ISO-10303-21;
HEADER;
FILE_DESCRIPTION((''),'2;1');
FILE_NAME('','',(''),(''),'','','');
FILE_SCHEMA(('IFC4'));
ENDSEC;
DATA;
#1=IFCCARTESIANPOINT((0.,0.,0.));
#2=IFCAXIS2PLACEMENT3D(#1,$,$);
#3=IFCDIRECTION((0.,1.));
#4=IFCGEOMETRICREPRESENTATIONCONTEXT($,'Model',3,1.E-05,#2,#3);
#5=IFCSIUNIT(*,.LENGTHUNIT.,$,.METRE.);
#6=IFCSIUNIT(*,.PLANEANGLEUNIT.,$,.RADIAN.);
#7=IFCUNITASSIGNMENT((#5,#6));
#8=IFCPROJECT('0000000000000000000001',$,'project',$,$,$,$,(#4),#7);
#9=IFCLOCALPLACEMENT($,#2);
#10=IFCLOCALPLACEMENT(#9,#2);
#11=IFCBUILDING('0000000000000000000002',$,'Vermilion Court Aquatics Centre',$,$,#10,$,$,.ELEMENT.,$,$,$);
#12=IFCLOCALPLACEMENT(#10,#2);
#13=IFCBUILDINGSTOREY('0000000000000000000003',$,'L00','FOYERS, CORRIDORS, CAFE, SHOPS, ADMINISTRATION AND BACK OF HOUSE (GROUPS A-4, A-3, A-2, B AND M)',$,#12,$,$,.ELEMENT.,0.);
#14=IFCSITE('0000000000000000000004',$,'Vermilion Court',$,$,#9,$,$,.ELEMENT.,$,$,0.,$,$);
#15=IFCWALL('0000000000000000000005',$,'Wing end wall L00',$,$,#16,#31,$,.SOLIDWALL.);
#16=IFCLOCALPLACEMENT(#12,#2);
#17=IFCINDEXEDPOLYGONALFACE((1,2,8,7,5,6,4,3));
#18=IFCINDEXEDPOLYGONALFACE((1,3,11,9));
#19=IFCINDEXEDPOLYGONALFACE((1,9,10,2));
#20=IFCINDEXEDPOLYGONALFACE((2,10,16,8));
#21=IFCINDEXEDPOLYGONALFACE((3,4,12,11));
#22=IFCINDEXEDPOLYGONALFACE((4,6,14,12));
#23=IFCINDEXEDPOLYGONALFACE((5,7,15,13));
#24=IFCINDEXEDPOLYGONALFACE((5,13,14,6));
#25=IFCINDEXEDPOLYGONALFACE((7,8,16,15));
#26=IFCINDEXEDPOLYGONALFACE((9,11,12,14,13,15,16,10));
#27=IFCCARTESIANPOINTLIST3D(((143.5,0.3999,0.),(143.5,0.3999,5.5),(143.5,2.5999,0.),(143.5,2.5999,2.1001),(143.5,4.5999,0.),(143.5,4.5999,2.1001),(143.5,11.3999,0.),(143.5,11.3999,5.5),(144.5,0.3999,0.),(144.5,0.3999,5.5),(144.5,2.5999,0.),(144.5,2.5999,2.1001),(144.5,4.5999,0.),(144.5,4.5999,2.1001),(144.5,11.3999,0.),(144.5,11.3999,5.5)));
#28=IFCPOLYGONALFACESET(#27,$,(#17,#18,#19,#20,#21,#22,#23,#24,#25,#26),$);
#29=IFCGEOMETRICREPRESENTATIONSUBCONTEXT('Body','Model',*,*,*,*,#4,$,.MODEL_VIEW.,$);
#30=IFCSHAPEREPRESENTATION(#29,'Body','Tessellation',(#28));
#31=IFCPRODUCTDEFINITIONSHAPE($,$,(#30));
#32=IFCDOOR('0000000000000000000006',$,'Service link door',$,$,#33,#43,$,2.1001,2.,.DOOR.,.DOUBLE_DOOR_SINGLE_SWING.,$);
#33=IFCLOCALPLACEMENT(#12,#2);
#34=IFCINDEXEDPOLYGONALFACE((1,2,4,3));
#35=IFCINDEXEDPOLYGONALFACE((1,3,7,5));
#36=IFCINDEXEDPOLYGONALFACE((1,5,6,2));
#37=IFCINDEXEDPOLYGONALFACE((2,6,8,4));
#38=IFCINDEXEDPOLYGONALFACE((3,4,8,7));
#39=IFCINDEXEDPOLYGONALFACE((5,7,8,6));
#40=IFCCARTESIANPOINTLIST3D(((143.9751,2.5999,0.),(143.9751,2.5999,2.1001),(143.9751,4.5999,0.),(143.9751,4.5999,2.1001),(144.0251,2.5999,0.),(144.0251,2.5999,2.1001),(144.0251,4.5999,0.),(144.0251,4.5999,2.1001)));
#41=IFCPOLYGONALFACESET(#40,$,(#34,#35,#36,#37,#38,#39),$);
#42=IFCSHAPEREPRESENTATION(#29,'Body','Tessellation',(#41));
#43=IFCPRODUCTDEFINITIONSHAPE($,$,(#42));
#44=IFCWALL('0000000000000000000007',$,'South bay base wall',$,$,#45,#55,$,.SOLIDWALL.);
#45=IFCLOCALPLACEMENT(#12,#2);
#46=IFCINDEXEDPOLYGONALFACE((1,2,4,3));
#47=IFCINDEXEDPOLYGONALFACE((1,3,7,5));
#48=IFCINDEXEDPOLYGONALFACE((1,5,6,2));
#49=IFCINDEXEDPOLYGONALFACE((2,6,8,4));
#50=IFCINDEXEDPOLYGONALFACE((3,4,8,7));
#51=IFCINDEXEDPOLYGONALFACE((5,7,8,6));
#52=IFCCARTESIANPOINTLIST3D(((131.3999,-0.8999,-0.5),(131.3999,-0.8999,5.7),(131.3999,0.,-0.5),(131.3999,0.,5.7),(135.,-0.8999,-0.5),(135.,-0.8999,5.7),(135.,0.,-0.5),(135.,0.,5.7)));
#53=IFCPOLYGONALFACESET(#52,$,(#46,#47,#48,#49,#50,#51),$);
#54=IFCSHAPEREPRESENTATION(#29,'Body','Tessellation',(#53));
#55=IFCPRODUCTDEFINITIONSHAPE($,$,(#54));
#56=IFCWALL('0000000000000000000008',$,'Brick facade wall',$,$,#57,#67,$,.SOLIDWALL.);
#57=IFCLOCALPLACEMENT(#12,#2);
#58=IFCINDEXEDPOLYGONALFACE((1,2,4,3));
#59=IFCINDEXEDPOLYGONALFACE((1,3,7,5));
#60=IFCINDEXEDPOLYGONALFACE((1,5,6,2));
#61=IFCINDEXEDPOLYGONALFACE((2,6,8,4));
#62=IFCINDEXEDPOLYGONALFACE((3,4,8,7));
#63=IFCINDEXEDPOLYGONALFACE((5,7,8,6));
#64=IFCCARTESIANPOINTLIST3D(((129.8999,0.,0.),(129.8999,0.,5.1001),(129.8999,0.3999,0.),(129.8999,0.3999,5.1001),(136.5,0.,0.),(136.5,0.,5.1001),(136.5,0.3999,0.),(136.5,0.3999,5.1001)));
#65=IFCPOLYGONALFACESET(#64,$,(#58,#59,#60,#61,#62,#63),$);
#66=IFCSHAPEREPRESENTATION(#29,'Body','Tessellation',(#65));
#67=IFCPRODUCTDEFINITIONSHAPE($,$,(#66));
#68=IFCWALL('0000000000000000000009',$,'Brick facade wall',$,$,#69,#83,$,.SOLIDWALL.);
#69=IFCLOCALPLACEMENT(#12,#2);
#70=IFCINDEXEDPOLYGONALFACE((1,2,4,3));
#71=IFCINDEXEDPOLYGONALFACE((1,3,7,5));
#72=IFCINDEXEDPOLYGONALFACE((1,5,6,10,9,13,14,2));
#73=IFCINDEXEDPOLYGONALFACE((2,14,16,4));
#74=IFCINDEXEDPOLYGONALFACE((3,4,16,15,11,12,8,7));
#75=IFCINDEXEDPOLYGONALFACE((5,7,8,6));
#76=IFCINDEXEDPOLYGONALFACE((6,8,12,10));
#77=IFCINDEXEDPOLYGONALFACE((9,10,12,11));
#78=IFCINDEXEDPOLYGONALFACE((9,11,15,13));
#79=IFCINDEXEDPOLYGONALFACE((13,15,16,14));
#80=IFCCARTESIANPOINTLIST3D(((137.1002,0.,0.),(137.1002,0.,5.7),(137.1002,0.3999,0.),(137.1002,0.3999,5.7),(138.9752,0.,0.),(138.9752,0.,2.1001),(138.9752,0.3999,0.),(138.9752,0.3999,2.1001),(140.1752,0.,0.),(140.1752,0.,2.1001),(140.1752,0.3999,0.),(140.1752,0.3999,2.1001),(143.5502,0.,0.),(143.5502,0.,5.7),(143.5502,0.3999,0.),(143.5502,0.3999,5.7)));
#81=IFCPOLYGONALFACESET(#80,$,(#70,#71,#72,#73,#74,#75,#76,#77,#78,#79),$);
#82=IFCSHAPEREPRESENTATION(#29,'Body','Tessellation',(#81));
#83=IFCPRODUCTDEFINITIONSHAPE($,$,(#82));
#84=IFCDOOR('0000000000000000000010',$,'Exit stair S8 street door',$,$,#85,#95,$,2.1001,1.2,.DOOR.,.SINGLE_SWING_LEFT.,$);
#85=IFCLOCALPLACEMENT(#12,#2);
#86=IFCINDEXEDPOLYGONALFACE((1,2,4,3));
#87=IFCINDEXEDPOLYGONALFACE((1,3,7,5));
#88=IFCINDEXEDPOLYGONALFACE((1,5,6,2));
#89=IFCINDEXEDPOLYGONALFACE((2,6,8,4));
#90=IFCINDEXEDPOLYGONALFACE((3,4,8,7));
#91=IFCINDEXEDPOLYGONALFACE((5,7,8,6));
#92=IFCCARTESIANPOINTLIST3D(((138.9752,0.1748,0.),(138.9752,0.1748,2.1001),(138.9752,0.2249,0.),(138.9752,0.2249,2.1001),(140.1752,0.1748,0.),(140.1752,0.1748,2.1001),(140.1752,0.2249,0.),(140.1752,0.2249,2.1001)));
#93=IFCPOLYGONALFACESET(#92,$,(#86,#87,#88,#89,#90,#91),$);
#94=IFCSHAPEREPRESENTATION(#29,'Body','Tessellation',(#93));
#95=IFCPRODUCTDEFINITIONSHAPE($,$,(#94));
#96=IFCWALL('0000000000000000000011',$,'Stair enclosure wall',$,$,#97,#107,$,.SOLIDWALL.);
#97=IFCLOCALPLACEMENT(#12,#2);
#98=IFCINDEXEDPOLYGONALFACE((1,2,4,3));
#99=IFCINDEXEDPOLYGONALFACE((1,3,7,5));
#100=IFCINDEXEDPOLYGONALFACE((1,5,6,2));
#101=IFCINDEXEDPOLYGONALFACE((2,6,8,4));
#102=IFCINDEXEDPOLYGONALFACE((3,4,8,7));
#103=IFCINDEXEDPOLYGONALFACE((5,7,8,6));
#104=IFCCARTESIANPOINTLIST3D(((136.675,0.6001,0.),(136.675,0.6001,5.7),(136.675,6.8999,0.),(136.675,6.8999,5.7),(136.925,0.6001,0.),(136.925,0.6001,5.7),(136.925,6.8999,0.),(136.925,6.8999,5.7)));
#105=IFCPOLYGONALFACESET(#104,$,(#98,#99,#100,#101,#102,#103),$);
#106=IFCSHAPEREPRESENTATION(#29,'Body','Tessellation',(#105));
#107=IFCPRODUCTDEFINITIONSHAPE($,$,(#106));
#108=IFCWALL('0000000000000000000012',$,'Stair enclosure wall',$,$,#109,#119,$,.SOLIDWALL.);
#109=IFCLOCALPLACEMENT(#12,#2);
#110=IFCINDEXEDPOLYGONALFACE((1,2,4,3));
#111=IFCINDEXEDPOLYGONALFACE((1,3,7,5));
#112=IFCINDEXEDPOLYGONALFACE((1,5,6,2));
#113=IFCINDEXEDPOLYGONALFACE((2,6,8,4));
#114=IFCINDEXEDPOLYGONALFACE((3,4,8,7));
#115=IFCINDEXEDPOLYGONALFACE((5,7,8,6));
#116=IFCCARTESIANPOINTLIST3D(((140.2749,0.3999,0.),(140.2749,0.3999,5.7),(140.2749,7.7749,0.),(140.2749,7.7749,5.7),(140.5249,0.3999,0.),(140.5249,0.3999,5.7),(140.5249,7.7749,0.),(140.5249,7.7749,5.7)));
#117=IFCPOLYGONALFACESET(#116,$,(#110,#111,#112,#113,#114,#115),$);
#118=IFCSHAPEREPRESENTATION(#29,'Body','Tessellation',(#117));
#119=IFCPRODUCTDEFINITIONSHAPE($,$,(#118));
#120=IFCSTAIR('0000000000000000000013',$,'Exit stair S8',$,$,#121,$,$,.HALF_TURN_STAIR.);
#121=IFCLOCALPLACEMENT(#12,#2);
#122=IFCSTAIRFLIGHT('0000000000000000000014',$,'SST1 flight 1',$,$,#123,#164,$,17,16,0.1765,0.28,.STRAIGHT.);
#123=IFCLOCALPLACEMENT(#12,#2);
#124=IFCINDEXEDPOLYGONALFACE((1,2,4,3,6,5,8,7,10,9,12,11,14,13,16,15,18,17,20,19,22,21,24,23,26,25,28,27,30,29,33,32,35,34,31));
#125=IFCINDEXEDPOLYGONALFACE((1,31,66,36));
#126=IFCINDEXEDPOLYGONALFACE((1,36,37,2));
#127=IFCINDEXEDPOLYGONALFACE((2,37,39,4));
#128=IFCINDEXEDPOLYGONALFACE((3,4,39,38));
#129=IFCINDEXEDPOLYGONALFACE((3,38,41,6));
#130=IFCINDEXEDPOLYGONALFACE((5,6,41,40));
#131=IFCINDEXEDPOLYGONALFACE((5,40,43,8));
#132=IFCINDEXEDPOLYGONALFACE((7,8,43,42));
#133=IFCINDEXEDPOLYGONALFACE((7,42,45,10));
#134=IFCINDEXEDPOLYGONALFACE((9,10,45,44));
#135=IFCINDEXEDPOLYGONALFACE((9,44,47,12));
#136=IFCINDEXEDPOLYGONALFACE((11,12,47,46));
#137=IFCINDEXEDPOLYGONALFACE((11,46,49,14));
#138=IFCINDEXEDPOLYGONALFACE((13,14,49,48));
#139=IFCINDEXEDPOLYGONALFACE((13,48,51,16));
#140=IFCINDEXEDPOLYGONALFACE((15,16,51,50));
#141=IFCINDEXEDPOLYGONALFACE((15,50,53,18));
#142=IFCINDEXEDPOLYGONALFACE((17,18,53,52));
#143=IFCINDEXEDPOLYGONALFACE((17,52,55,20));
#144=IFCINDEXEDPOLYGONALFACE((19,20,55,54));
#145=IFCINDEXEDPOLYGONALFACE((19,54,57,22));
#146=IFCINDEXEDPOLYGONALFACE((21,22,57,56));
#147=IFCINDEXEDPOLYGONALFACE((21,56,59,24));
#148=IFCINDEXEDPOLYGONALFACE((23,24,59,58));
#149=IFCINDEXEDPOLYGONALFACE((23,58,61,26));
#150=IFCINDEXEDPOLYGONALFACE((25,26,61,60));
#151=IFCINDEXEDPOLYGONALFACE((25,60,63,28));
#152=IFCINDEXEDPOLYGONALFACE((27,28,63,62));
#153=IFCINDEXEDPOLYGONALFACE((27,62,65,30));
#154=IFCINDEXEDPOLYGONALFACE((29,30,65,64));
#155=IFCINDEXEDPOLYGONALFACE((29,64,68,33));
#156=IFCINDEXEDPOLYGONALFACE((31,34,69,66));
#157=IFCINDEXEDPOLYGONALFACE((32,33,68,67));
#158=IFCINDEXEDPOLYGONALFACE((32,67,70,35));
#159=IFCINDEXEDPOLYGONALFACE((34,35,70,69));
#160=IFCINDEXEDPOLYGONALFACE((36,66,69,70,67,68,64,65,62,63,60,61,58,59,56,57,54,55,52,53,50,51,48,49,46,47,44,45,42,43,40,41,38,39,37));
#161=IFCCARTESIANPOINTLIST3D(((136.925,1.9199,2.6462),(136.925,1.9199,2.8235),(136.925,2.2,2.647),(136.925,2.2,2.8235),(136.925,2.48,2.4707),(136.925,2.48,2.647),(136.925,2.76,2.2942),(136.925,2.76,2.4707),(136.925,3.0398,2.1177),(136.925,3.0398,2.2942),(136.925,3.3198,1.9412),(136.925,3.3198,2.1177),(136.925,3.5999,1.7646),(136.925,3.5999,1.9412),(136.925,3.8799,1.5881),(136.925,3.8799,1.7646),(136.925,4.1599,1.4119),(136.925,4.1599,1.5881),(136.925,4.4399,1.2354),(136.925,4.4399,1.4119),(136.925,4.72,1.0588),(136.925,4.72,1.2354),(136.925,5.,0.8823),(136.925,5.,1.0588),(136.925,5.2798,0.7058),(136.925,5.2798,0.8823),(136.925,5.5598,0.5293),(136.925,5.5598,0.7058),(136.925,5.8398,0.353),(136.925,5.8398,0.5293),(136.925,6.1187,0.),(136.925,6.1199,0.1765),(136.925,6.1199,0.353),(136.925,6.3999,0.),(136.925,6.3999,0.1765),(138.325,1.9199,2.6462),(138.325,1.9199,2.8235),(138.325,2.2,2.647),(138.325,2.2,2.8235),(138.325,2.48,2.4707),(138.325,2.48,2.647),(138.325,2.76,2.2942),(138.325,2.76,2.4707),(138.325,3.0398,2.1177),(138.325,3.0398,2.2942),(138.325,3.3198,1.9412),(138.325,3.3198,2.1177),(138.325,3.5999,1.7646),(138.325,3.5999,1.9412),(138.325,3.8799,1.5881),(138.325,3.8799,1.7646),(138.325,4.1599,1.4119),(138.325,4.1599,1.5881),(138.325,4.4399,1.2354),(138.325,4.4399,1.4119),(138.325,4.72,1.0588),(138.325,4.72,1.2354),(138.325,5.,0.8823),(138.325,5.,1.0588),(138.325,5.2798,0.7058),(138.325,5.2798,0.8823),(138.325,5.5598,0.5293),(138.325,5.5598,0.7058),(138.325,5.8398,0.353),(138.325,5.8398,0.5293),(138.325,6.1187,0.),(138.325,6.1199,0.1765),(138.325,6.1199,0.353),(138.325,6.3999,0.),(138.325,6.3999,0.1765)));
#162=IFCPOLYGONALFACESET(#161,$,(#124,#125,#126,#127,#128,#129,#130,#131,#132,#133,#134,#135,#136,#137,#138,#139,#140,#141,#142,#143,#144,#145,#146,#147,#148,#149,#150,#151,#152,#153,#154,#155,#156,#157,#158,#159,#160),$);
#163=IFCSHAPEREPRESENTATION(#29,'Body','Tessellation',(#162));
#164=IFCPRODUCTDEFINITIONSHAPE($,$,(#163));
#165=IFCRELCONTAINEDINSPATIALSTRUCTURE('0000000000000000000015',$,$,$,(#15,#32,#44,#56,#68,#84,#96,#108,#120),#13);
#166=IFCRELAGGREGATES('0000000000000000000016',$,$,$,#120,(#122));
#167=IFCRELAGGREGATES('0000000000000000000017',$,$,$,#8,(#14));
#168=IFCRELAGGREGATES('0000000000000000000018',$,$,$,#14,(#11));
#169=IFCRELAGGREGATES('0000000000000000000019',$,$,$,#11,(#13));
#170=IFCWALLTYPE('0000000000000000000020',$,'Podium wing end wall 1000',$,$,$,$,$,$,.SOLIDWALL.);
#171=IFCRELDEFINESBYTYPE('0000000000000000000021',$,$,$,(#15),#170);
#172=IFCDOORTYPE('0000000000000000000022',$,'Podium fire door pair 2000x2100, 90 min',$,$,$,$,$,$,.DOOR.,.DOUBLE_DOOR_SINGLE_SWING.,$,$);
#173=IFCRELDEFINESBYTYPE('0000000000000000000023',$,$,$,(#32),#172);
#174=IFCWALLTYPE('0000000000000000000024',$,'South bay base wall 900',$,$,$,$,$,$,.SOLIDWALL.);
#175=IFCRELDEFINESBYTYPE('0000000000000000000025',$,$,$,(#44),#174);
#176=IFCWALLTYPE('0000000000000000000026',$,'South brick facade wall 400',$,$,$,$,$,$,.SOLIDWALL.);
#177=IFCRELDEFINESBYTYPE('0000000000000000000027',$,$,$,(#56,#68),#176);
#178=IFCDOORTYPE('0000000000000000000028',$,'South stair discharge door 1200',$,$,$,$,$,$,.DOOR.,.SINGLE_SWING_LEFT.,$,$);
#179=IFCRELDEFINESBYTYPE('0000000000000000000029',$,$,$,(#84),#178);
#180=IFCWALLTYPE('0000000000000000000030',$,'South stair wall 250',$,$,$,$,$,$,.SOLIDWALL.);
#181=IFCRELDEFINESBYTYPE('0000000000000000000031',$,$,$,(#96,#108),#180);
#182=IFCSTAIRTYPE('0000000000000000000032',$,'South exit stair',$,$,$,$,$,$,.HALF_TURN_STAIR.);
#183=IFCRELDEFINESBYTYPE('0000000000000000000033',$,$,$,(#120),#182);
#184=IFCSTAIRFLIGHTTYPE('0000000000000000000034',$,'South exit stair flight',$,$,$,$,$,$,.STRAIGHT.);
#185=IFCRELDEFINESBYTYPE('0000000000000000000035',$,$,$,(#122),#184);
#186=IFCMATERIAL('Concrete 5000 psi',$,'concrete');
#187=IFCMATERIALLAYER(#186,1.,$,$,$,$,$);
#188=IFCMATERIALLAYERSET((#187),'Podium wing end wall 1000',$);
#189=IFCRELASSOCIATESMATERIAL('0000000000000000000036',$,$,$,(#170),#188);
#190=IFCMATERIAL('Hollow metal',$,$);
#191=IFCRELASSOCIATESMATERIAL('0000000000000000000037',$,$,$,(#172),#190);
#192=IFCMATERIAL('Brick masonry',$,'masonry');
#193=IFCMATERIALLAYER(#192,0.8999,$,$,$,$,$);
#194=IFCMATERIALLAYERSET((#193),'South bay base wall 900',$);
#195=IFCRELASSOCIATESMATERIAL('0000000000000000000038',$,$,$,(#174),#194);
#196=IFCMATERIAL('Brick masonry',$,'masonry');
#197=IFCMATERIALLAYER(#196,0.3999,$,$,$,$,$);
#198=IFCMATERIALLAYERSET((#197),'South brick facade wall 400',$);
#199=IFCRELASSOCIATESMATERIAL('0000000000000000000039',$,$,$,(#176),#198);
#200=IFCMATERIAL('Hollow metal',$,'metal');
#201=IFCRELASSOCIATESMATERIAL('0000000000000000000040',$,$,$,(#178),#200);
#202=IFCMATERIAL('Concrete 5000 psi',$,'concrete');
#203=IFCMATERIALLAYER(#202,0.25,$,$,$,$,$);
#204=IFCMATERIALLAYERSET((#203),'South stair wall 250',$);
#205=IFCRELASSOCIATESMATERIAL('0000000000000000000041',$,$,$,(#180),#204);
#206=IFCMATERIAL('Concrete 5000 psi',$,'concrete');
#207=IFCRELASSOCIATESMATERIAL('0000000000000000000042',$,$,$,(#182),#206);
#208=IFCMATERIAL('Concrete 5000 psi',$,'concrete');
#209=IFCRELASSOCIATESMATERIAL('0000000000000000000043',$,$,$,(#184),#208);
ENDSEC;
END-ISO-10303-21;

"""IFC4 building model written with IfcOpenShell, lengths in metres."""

from ifc_helpers import new_model, si_unit, direction, frame, frame_2d, origin, place, context, subcontext, project, spatial, polyline, rectangle, outline, extrude, material, layer, layer_set, type_object, element, fill, aggregate, save


model = new_model("IFC4")

# Units and contexts
model_context = context("Model", 3, precision=1e-05, world=origin(), true_north=direction((0.0, 1.0)))
body_context = subcontext(model_context, "Body", "Model", "MODEL_VIEW")
ifc_project = project(units=[si_unit("LENGTHUNIT", "METRE"), si_unit("PLANEANGLEUNIT", "RADIAN")], contexts=[model_context])

# Site, building, storey
site_placement = place(None, origin())
site = spatial("IfcSite", under=ifc_project, at=site_placement, Name="Vermilion Court", CompositionType="ELEMENT", RefElevation=0.0)
building_placement = place(site_placement, origin())
building = spatial("IfcBuilding", under=site, at=building_placement, Name="Vermilion Court Aquatics Centre", CompositionType="ELEMENT")
storey_placement = place(building_placement, origin())
storey = spatial("IfcBuildingStorey", under=building, at=storey_placement, Name="L00", Description="FOYERS, CORRIDORS, CAFE, SHOPS, ADMINISTRATION AND BACK OF HOUSE (GROUPS A-4, A-3, A-2, B AND M)", CompositionType="ELEMENT", Elevation=0.0)

# Wall, opening, door
ifc_material_1 = material(Name="Concrete 5000 psi", Category="concrete")
ifc_layer_1 = layer(ifc_material_1, 1.0)
ifc_layer_set_1 = layer_set([ifc_layer_1], Name="Podium wing end wall 1000")
wall_type_1 = type_object("IfcWallType", Name="Podium wing end wall 1000", PredefinedType="SOLIDWALL", material=ifc_layer_set_1)
wall_1_placement = place(storey_placement, frame((144.0, 0.3999, 0.0), z_axis=(0.0, 0.0, 1.0), x_axis=(0.0, 1.0, 0.0)))
wall_1 = element("IfcWall", 1, at=wall_1_placement, inside=storey, type_object=wall_type_1, Name="Wing end wall L00", PredefinedType="SOLIDWALL", context=body_context, shape_type="SweptSolid", body=[
    extrude(rectangle(XDim=11.0, YDim=1.0, at=frame_2d((5.5, 0.0))), origin(), (0.0, 0.0, 1.0), 5.5),
])
opening_1_placement = place(wall_1_placement, frame((2.2, 0.0, 0.0)))
opening_1 = element("IfcOpeningElement", 2, at=opening_1_placement, cuts=wall_1, PredefinedType="OPENING", context=body_context, shape_type="SweptSolid", body=[
    extrude(rectangle(XDim=2.0, YDim=2.1001, at=frame_2d((1.0, 1.05))), frame((0.0, 0.51, 0.0), z_axis=(0.0, -1.0, 0.0), x_axis=(1.0, 0.0, 0.0)), (0.0, 0.0, 1.0), 1.02),
])
ifc_material_2 = material(Name="Hollow metal")
door_type_1 = type_object("IfcDoorType", Name="Podium fire door pair 2000x2100, 90 min", OperationType="DOUBLE_DOOR_SINGLE_SWING", PredefinedType="DOOR", material=ifc_material_2)
door_1_placement = place(opening_1_placement, origin())
door_1 = element("IfcDoor", 3, at=door_1_placement, inside=storey, type_object=door_type_1, Name="Service link door", OperationType="DOUBLE_DOOR_SINGLE_SWING", OverallHeight=2.1001, OverallWidth=2.0, PredefinedType="DOOR", context=body_context, shape_type="SweptSolid", body=[
    extrude(rectangle(XDim=2.0, YDim=2.1001, at=frame_2d((1.0, 1.05))), frame((0.0, 0.0249, 0.0), z_axis=(0.0, -1.0, 0.0), x_axis=(1.0, 0.0, 0.0)), (0.0, 0.0, 1.0), 0.05),
])
fill(opening_1, door_1)

# Walls
ifc_material_3 = material(Name="Brick masonry", Category="masonry")
ifc_layer_2 = layer(ifc_material_3, 0.8999)
ifc_layer_set_2 = layer_set([ifc_layer_2], Name="South bay base wall 900")
wall_type_2 = type_object("IfcWallType", Name="South bay base wall 900", PredefinedType="SOLIDWALL", material=ifc_layer_set_2)
wall_2_placement = place(storey_placement, frame((131.3999, -0.45, -0.5), z_axis=(0.0, 0.0, 1.0), x_axis=(1.0, 0.0, 0.0)))
element("IfcWall", 4, at=wall_2_placement, inside=storey, type_object=wall_type_2, Name="South bay base wall", PredefinedType="SOLIDWALL", context=body_context, shape_type="SweptSolid", body=[
    extrude(rectangle(XDim=3.6001, YDim=0.8999, at=frame_2d((1.8, 0.0))), origin(), (0.0, 0.0, 1.0), 6.2),
])
ifc_material_4 = material(Name="Brick masonry", Category="masonry")
ifc_layer_3 = layer(ifc_material_4, 0.3999)
ifc_layer_set_3 = layer_set([ifc_layer_3], Name="South brick facade wall 400")
wall_type_3 = type_object("IfcWallType", Name="South brick facade wall 400", PredefinedType="SOLIDWALL", material=ifc_layer_set_3)
wall_3_placement = place(storey_placement, frame((129.8999, 0.2, 0.0), z_axis=(0.0, 0.0, 1.0), x_axis=(1.0, 0.0, 0.0)))
element("IfcWall", 5, at=wall_3_placement, inside=storey, type_object=wall_type_3, Name="Brick facade wall", PredefinedType="SOLIDWALL", context=body_context, shape_type="SweptSolid", body=[
    extrude(rectangle(XDim=6.6001, YDim=0.3999, at=frame_2d((3.3, 0.0))), origin(), (0.0, 0.0, 1.0), 5.1001),
])

# Wall, opening, door
wall_4_placement = place(storey_placement, frame((137.1001, 0.2, 0.0), z_axis=(0.0, 0.0, 1.0), x_axis=(1.0, 0.0, 0.0)))
wall_4 = element("IfcWall", 6, at=wall_4_placement, inside=storey, type_object=wall_type_3, Name="Brick facade wall", PredefinedType="SOLIDWALL", context=body_context, shape_type="SweptSolid", body=[
    extrude(rectangle(XDim=6.45, YDim=0.3999, at=frame_2d((3.2251, 0.0))), origin(), (0.0, 0.0, 1.0), 5.7),
])
opening_2_placement = place(wall_4_placement, frame((1.875, 0.0, 0.0)))
opening_2 = element("IfcOpeningElement", 7, at=opening_2_placement, cuts=wall_4, PredefinedType="OPENING", context=body_context, shape_type="SweptSolid", body=[
    extrude(rectangle(XDim=1.2, YDim=2.1001, at=frame_2d((0.6001, 1.05))), frame((0.0, 0.21, 0.0), z_axis=(0.0, -1.0, 0.0), x_axis=(1.0, 0.0, 0.0)), (0.0, 0.0, 1.0), 0.4199),
])
ifc_material_5 = material(Name="Hollow metal", Category="metal")
door_type_2 = type_object("IfcDoorType", Name="South stair discharge door 1200", OperationType="SINGLE_SWING_LEFT", PredefinedType="DOOR", material=ifc_material_5)
door_2_placement = place(opening_2_placement, frame((1.2, 0.0, 0.0), z_axis=(0.0, 0.0, 1.0), x_axis=(-1.0, 0.0, 0.0)))
door_2 = element("IfcDoor", 8, at=door_2_placement, inside=storey, type_object=door_type_2, Name="Exit stair S8 street door", OperationType="SINGLE_SWING_LEFT", OverallHeight=2.1001, OverallWidth=1.2, PredefinedType="DOOR", context=body_context, shape_type="SweptSolid", body=[
    extrude(rectangle(XDim=1.2, YDim=2.1001, at=frame_2d((0.5999, 1.05))), frame((0.0, 0.0251, 0.0), z_axis=(0.0, -1.0, 0.0), x_axis=(1.0, 0.0, 0.0)), (0.0, 0.0, 1.0), 0.05),
])
fill(opening_2, door_2)

# Walls
ifc_material_6 = material(Name="Concrete 5000 psi", Category="concrete")
ifc_layer_4 = layer(ifc_material_6, 0.25)
ifc_layer_set_4 = layer_set([ifc_layer_4], Name="South stair wall 250")
wall_type_4 = type_object("IfcWallType", Name="South stair wall 250", PredefinedType="SOLIDWALL", material=ifc_layer_set_4)
wall_5_placement = place(storey_placement, frame((136.8, 0.6001, 0.0), z_axis=(0.0, 0.0, 1.0), x_axis=(0.0, 1.0, 0.0)))
element("IfcWall", 9, at=wall_5_placement, inside=storey, type_object=wall_type_4, Name="Stair enclosure wall", PredefinedType="SOLIDWALL", context=body_context, shape_type="SweptSolid", body=[
    extrude(rectangle(XDim=6.2998, YDim=0.25, at=frame_2d((3.1499, 0.0))), origin(), (0.0, 0.0, 1.0), 5.7),
])
wall_6_placement = place(storey_placement, frame((140.3999, 0.3999, 0.0), z_axis=(0.0, 0.0, 1.0), x_axis=(0.0, 1.0, 0.0)))
element("IfcWall", 10, at=wall_6_placement, inside=storey, type_object=wall_type_4, Name="Stair enclosure wall", PredefinedType="SOLIDWALL", context=body_context, shape_type="SweptSolid", body=[
    extrude(rectangle(XDim=7.375, YDim=0.25, at=frame_2d((3.6875, 0.0))), origin(), (0.0, 0.0, 1.0), 5.7),
])

# Stair, stair flight
ifc_material_7 = material(Name="Concrete 5000 psi", Category="concrete")
stair_type = type_object("IfcStairType", Name="South exit stair", PredefinedType="HALF_TURN_STAIR", material=ifc_material_7)
stair_placement = place(storey_placement, origin())
stair = element("IfcStair", 11, at=stair_placement, inside=storey, type_object=stair_type, Name="Exit stair S8", PredefinedType="HALF_TURN_STAIR")
ifc_material_8 = material(Name="Concrete 5000 psi", Category="concrete")
stair_flight_type = type_object("IfcStairFlightType", Name="South exit stair flight", PredefinedType="STRAIGHT", material=ifc_material_8)
stair_flight_1_placement = place(storey_placement, frame((137.625, 6.3999, 0.0), z_axis=(0.0, 0.0, 1.0), x_axis=(0.0, -1.0, 0.0)))
stair_flight_1 = element("IfcStairFlight", 12, at=stair_flight_1_placement, type_object=stair_flight_type, Name="SST1 flight 1", NumberOfRisers=17, NumberOfTreads=16, PredefinedType="STRAIGHT", RiserHeight=0.1765, TreadLength=0.28, context=body_context, shape_type="SweptSolid", body=[
    extrude(outline(polyline([(0.0, 0.0), (0.0, 0.1765), (0.28, 0.1765), (0.28, 0.353), (0.5601, 0.353), (0.5601, 0.5293), (0.8401, 0.5293), (0.8401, 0.7058), (1.1201, 0.7058), (1.1201, 0.8823), (1.3999, 0.8823), (1.3999, 1.0588), (1.6799, 1.0588), (1.6799, 1.2354), (1.96, 1.2354), (1.96, 1.4119), (2.24, 1.4119), (2.24, 1.5881), (2.52, 1.5881), (2.52, 1.7646), (2.8, 1.7646), (2.8, 1.9412), (3.0801, 1.9412), (3.0801, 2.1177), (3.3601, 2.1177), (3.3601, 2.2942), (3.6399, 2.2942), (3.6399, 2.4707), (3.9199, 2.4707), (3.9199, 2.647), (4.2, 2.647), (4.2, 2.8235), (4.48, 2.8235), (4.48, 3.0), (4.48, 2.6462), (0.2812, 0.0), (0.0, 0.0)])), frame((0.0, 0.7, 0.0), z_axis=(0.0, -1.0, 0.0), x_axis=(1.0, 0.0, 0.0)), (0.0, 0.0, 1.0), 1.3999),
])
aggregate(stair, [stair_flight_1])

save(model, "model.ifc")
